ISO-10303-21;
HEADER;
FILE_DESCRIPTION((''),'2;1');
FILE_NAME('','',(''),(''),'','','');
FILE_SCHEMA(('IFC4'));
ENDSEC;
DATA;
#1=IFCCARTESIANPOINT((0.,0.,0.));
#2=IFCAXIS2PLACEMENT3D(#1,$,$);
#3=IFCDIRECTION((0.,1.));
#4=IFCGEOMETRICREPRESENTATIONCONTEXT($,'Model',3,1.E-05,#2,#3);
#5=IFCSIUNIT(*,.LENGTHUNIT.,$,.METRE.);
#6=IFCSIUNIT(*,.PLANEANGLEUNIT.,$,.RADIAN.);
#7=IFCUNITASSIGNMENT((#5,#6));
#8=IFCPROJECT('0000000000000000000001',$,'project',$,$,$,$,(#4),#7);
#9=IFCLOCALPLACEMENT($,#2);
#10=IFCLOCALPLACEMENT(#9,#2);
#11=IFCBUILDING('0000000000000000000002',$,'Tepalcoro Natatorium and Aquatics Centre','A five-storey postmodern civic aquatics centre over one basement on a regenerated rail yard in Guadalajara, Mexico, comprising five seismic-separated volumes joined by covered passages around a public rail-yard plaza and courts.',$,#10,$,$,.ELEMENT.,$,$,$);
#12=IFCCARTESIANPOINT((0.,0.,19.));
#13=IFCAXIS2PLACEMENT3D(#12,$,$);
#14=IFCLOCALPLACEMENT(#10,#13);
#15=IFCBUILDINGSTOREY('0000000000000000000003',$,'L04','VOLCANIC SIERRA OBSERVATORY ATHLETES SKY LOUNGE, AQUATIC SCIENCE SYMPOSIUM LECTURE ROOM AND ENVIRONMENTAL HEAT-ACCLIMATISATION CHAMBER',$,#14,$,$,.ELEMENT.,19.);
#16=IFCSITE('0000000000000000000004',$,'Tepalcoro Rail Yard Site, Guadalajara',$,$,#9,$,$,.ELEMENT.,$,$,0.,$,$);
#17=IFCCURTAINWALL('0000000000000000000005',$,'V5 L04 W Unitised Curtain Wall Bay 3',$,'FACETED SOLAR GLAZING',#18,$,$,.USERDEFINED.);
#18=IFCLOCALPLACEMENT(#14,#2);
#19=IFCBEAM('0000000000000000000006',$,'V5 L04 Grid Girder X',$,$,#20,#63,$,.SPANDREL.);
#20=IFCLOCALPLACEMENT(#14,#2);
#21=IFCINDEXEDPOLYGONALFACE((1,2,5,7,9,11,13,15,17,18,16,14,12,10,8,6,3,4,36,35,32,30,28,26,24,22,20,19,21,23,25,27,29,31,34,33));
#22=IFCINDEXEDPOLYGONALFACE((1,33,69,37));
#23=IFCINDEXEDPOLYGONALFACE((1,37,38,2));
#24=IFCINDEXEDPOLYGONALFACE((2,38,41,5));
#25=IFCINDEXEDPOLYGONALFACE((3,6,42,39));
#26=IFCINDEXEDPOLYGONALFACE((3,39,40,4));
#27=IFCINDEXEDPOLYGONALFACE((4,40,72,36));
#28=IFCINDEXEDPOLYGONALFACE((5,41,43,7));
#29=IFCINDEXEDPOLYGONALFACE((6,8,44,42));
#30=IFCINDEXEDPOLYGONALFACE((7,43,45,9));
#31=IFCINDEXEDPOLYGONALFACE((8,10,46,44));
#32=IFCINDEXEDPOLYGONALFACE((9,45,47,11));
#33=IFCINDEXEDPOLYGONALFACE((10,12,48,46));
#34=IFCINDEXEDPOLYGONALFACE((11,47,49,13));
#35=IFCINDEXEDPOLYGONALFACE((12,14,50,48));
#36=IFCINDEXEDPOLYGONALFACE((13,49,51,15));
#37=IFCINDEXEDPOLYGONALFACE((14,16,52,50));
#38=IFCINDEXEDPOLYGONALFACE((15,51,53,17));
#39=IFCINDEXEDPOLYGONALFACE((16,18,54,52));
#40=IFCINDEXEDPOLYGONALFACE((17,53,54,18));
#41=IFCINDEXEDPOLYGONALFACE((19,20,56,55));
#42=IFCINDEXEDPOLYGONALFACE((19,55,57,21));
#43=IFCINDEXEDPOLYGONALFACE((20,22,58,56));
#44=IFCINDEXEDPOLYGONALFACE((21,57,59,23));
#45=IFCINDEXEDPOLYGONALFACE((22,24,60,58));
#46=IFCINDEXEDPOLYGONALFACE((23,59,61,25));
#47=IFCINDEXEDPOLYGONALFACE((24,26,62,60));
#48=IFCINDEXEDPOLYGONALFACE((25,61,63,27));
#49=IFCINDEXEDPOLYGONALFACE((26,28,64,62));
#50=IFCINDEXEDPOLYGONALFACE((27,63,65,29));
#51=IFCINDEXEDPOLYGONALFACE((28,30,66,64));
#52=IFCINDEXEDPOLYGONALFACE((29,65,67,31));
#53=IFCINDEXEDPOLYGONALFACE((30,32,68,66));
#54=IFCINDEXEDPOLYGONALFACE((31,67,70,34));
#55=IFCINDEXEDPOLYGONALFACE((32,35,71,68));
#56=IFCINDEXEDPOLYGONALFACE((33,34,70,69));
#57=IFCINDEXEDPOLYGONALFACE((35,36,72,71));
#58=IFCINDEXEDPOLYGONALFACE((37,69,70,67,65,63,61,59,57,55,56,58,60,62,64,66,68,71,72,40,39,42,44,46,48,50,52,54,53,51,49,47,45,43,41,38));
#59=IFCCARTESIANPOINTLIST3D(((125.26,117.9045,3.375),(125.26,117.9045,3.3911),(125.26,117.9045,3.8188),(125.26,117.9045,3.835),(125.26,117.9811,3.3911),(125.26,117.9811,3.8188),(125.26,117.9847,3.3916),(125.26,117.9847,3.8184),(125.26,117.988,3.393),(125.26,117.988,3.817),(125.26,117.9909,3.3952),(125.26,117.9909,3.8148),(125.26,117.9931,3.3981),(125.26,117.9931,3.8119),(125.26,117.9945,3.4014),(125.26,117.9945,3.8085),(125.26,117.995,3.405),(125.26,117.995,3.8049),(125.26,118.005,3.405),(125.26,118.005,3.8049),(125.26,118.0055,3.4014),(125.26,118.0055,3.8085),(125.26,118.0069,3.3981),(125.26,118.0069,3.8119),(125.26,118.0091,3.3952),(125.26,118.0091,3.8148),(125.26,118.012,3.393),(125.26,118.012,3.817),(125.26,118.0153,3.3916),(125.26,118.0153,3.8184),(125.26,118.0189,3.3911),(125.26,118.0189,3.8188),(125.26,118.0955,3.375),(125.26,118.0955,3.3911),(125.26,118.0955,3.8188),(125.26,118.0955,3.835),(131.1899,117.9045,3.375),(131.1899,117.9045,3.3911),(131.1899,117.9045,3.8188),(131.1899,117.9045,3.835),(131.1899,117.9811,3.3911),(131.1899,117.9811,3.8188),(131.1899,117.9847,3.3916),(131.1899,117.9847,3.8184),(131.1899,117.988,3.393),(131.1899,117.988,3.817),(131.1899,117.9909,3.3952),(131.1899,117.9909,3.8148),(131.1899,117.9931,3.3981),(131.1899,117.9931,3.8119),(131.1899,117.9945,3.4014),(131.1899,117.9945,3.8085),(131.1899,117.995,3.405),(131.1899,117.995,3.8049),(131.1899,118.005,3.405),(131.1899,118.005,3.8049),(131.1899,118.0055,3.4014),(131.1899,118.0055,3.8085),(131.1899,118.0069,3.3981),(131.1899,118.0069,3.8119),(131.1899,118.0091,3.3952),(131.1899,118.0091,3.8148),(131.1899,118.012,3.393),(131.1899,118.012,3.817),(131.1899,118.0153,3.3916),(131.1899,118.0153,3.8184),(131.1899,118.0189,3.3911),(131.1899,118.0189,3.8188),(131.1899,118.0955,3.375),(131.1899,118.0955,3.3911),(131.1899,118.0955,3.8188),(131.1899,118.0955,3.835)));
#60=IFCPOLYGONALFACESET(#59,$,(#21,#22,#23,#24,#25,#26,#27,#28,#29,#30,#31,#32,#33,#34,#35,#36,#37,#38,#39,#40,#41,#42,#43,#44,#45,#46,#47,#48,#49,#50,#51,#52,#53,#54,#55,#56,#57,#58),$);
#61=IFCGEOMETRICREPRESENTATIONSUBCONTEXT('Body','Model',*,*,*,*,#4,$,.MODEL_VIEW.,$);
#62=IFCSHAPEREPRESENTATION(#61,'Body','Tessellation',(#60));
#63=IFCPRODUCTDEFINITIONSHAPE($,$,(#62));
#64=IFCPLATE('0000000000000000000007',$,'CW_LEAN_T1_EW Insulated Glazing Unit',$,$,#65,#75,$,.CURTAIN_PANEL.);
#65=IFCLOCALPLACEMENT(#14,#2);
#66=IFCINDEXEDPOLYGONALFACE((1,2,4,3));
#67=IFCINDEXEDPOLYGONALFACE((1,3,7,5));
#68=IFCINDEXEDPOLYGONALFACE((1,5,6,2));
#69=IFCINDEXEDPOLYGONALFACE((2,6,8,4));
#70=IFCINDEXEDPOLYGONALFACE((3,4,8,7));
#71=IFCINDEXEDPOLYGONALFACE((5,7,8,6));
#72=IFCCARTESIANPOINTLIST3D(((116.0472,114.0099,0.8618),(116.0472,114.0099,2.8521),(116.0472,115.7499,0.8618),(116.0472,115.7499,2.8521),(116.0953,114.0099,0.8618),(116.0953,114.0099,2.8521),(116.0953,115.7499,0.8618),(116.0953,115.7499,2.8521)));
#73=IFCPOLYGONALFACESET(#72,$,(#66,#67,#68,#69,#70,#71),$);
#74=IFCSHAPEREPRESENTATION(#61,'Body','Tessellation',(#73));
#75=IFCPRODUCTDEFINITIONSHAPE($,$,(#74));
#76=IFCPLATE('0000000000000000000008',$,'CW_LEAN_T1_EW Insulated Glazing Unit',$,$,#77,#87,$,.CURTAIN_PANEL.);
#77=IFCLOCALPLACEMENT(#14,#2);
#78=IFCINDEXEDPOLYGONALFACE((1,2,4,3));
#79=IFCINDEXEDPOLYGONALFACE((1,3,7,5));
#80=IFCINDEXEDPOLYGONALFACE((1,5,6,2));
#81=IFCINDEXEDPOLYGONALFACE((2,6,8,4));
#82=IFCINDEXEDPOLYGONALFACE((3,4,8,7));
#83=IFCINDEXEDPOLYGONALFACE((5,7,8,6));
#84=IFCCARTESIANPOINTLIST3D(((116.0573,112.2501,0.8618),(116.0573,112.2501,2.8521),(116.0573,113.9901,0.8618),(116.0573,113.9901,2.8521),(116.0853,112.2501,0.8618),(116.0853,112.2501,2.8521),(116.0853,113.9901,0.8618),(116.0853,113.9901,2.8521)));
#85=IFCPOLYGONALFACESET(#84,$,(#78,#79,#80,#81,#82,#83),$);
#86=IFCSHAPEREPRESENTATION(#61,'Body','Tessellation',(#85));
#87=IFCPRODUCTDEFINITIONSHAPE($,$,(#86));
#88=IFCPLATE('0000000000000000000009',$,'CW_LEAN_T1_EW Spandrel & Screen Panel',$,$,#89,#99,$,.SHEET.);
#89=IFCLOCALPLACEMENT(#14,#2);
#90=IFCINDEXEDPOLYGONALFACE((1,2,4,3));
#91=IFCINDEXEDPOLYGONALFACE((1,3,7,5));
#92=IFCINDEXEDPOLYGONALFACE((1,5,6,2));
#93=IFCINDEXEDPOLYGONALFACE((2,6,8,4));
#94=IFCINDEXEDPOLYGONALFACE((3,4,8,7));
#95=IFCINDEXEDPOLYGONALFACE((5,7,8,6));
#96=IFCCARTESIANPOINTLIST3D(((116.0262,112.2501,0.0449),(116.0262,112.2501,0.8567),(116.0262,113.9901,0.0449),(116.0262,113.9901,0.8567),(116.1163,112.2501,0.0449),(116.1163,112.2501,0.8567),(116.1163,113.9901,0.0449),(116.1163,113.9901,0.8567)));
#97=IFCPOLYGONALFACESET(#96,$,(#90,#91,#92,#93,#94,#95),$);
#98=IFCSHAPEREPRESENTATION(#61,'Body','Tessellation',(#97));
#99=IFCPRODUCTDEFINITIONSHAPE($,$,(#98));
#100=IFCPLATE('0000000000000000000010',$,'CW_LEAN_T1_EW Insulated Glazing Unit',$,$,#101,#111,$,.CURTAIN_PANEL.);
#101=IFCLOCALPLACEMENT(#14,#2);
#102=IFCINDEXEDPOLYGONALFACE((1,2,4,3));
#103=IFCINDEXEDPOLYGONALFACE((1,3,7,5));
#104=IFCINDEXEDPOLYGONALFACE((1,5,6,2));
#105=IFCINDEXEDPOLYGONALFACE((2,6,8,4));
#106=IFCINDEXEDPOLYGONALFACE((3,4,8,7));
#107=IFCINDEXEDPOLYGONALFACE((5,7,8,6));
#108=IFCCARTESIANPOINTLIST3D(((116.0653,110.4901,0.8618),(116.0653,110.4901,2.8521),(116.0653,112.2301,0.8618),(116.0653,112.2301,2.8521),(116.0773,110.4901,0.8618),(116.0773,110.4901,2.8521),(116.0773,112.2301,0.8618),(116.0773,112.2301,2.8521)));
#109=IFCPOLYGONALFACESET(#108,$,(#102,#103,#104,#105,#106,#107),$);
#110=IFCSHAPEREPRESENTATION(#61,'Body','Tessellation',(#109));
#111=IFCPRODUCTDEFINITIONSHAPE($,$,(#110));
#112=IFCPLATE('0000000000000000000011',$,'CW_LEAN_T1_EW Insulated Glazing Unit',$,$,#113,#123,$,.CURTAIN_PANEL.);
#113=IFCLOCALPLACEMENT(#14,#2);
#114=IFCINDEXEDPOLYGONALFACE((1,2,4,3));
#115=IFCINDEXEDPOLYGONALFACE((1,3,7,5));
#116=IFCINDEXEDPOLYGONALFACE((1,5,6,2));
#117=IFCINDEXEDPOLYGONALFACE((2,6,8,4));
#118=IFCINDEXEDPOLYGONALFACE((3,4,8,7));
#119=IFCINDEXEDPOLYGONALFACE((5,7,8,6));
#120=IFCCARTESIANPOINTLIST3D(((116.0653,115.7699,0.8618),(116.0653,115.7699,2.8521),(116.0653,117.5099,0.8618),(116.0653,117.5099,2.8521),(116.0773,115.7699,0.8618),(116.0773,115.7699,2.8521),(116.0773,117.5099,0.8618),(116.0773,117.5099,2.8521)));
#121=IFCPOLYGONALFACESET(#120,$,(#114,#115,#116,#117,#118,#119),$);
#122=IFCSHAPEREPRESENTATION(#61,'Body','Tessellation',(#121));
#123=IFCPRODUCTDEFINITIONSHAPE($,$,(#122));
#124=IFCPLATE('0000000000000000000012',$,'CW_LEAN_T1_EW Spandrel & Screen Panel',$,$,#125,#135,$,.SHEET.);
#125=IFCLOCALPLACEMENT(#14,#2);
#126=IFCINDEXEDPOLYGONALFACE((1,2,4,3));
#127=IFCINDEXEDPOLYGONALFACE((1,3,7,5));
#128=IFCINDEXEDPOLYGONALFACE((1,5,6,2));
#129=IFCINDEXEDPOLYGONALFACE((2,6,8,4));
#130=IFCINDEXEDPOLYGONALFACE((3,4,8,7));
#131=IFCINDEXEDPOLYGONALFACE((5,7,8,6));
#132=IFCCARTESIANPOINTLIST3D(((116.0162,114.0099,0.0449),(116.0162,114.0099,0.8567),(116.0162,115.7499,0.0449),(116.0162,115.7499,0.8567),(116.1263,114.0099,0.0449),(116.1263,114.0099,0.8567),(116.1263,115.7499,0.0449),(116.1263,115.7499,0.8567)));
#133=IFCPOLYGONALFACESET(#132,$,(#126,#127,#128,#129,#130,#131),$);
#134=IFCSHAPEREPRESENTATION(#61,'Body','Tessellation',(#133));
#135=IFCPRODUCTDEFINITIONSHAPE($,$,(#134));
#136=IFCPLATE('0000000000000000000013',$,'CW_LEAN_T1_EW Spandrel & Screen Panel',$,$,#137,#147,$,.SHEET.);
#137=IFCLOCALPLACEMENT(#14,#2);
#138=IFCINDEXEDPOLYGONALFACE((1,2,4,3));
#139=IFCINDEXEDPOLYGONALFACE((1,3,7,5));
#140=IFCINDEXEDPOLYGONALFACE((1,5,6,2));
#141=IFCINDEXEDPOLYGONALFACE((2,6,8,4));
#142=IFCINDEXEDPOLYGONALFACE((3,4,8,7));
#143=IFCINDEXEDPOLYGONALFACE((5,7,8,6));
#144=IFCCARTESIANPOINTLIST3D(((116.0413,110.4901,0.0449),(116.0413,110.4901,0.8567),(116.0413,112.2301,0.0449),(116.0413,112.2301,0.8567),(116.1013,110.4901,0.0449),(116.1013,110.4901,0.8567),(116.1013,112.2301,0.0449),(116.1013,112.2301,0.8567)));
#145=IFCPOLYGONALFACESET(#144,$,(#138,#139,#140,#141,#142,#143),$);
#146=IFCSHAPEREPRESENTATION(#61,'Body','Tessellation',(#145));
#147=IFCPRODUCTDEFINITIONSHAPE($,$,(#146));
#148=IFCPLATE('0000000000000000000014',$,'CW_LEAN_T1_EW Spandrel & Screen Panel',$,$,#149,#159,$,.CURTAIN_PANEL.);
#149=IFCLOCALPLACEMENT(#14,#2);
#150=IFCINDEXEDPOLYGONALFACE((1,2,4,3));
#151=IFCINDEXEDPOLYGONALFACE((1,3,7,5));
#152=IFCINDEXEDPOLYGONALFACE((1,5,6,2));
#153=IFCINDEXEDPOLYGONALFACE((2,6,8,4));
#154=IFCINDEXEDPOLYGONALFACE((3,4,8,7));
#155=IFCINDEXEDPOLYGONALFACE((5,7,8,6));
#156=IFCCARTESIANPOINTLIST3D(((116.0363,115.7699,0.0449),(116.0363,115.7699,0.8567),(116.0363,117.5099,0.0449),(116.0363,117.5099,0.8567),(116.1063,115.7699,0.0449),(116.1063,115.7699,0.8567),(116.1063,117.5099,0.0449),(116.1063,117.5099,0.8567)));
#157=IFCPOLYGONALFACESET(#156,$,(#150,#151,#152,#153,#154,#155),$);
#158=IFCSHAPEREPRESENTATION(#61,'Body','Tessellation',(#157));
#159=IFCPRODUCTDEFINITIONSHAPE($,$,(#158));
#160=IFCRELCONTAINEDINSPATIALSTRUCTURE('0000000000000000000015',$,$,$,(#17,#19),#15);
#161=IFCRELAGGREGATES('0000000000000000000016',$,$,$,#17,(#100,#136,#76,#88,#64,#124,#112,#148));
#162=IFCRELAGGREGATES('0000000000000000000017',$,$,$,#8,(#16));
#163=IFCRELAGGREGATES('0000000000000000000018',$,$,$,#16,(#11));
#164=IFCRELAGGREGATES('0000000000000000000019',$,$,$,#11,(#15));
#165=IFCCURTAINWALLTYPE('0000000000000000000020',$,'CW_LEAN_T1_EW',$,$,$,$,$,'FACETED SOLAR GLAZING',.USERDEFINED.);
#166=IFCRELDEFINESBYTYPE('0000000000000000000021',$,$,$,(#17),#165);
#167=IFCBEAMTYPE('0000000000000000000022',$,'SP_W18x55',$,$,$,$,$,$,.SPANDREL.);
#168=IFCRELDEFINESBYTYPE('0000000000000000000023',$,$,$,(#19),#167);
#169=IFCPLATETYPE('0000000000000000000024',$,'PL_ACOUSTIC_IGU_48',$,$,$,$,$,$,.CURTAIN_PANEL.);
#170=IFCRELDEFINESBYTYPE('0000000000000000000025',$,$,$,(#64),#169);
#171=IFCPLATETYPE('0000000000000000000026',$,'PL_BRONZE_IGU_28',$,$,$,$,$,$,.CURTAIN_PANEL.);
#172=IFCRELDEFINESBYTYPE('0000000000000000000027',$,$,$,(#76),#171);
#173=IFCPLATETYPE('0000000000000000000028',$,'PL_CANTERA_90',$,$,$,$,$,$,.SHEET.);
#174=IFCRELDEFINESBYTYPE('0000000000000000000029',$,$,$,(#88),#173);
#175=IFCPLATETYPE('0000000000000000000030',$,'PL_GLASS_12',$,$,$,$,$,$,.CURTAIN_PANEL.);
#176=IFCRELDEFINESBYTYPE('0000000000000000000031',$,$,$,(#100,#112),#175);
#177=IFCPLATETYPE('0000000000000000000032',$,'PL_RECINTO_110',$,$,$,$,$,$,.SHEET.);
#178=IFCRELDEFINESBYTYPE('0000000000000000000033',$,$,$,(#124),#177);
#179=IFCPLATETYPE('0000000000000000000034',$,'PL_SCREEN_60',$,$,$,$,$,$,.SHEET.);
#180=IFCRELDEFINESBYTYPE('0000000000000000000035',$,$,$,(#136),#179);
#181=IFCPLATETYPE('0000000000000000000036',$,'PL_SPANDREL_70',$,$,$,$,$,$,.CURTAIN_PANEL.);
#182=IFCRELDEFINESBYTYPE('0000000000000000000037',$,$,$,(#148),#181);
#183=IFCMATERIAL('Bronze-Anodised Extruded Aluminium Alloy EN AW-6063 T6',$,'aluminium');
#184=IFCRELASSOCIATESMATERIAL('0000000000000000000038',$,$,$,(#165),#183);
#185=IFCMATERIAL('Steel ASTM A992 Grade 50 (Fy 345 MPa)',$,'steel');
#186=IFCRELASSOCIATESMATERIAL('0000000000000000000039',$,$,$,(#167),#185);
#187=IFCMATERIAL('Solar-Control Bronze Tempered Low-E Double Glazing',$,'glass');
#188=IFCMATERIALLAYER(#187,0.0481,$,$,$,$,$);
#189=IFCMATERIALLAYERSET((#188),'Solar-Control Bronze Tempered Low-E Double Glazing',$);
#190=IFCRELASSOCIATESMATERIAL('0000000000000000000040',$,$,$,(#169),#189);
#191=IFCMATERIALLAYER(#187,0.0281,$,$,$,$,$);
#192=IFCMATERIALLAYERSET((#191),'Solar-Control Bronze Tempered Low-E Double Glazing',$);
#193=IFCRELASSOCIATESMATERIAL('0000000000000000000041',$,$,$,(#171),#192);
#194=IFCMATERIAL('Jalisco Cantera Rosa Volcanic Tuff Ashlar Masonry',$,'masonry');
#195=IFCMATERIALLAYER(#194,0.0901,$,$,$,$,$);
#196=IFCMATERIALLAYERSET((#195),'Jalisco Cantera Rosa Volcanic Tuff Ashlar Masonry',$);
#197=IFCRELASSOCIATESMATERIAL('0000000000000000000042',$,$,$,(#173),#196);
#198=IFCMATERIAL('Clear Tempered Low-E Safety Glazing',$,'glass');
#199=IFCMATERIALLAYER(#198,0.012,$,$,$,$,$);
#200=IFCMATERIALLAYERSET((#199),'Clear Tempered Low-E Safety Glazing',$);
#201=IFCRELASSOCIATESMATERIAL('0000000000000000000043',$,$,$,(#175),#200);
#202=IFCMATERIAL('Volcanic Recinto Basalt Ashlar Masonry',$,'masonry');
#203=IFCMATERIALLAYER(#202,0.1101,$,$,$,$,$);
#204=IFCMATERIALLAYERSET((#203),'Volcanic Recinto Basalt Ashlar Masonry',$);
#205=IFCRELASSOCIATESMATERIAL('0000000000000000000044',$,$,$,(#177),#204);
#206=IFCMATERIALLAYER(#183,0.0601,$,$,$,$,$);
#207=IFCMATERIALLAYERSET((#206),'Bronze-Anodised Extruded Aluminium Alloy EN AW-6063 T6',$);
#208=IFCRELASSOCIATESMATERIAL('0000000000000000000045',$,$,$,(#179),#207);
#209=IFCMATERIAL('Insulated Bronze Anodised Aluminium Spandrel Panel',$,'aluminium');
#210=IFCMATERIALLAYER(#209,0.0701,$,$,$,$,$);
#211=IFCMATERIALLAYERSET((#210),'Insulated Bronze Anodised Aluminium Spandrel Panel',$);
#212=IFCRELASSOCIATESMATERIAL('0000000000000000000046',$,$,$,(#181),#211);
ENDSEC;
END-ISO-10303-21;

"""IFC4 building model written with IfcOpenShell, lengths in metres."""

from ifc_helpers import new_model, si_unit, direction, frame, origin, origin_2d, place, context, subcontext, project, spatial, rectangle, i_section, extrude, material, layer, layer_set, material_profile, profile_set, type_object, element, aggregate, save


model = new_model("IFC4")

# Units and contexts
model_context = context("Model", 3, precision=1e-05, world=origin(), true_north=direction((0.0, 1.0)))
body_context = subcontext(model_context, "Body", "Model", "MODEL_VIEW")
ifc_project = project(units=[si_unit("LENGTHUNIT", "METRE"), si_unit("PLANEANGLEUNIT", "RADIAN")], contexts=[model_context])

# Site, building, storey
site_placement = place(None, origin())
site = spatial("IfcSite", under=ifc_project, at=site_placement, Name="Tepalcoro Rail Yard Site, Guadalajara", CompositionType="ELEMENT", RefElevation=0.0)
building_placement = place(site_placement, origin())
building = spatial("IfcBuilding", under=site, at=building_placement, Name="Tepalcoro Natatorium and Aquatics Centre", Description="A five-storey postmodern civic aquatics centre over one basement on a regenerated rail yard in Guadalajara, Mexico, comprising five seismic-separated volumes joined by covered passages around a public rail-yard plaza and courts.", CompositionType="ELEMENT")
storey_placement = place(building_placement, frame((0.0, 0.0, 19.0)))
storey = spatial("IfcBuildingStorey", under=building, at=storey_placement, Name="L04", Description="VOLCANIC SIERRA OBSERVATORY ATHLETES SKY LOUNGE, AQUATIC SCIENCE SYMPOSIUM LECTURE ROOM AND ENVIRONMENTAL HEAT-ACCLIMATISATION CHAMBER", CompositionType="ELEMENT", Elevation=19.0)

# Shared definitions
ifc_material_1 = material(Name="Steel ASTM A992 Grade 50 (Fy 345 MPa)", Category="steel")

# Curtain wall
ifc_material_2 = material(Name="Bronze-Anodised Extruded Aluminium Alloy EN AW-6063 T6", Category="aluminium")
curtain_wall_type = type_object("IfcCurtainWallType", Name="CW_LEAN_T1_EW", ElementType="FACETED SOLAR GLAZING", PredefinedType="USERDEFINED", material=ifc_material_2)
curtain_wall_placement = place(storey_placement, origin())
curtain_wall = element("IfcCurtainWall", 1, at=curtain_wall_placement, inside=storey, type_object=curtain_wall_type, Name="V5 L04 W Unitised Curtain Wall Bay 3", ObjectType="FACETED SOLAR GLAZING", PredefinedType="USERDEFINED")

# Beam
ifc_material_profile_1 = material_profile(ifc_material_1, i_section(OverallWidth=0.1909, OverallDepth=0.46, WebThickness=0.01, FlangeThickness=0.0161, FilletRadius=0.0139, at=origin_2d()), Name="W18X55")
ifc_profile_set_1 = profile_set([ifc_material_profile_1], Name="Steel ASTM A992 Grade 50 (Fy 345 MPa)")
beam_type_1 = type_object("IfcBeamType", Name="SP_W18x55", PredefinedType="SPANDREL", material=ifc_profile_set_1)
beam_1_placement = place(storey_placement, frame((125.26, 118.0, 3.605), z_axis=(1.0, 0.0, 0.0), x_axis=(0.0, 1.0, 0.0)))
element("IfcBeam", 2, at=beam_1_placement, inside=storey, type_object=beam_type_1, Name="V5 L04 Grid Girder X", PredefinedType="SPANDREL", context=body_context, shape_type="SweptSolid", body=[
    extrude(i_section(OverallWidth=0.1909, OverallDepth=0.46, WebThickness=0.01, FlangeThickness=0.0161, FilletRadius=0.0139, at=origin_2d()), origin(), (0.0, 0.0, 1.0), 5.9299),
])

# Plates
ifc_material_3 = material(Name="Solar-Control Bronze Tempered Low-E Double Glazing", Category="glass")
ifc_layer_1 = layer(ifc_material_3, 0.0481)
ifc_layer_set_1 = layer_set([ifc_layer_1], Name="Solar-Control Bronze Tempered Low-E Double Glazing")
plate_type_1 = type_object("IfcPlateType", Name="PL_ACOUSTIC_IGU_48", PredefinedType="CURTAIN_PANEL", material=ifc_layer_set_1)
plate_1_placement = place(storey_placement, frame((116.0713, 114.8799, 0.8618), z_axis=(0.0, 0.0, 1.0), x_axis=(1.0, 0.0, 0.0)))
plate_1 = element("IfcPlate", 3, at=plate_1_placement, type_object=plate_type_1, Name="CW_LEAN_T1_EW Insulated Glazing Unit", PredefinedType="CURTAIN_PANEL", context=body_context, shape_type="SweptSolid", body=[
    extrude(rectangle(XDim=0.0481, YDim=1.74, at=origin_2d()), origin(), (0.0, 0.0, 1.0), 1.9902),
])
ifc_layer_2 = layer(ifc_material_3, 0.0281)
ifc_layer_set_2 = layer_set([ifc_layer_2], Name="Solar-Control Bronze Tempered Low-E Double Glazing")
plate_type_2 = type_object("IfcPlateType", Name="PL_BRONZE_IGU_28", PredefinedType="CURTAIN_PANEL", material=ifc_layer_set_2)
plate_2_placement = place(storey_placement, frame((116.0713, 113.1201, 0.8618), z_axis=(0.0, 0.0, 1.0), x_axis=(1.0, 0.0, 0.0)))
plate_2 = element("IfcPlate", 4, at=plate_2_placement, type_object=plate_type_2, Name="CW_LEAN_T1_EW Insulated Glazing Unit", PredefinedType="CURTAIN_PANEL", context=body_context, shape_type="SweptSolid", body=[
    extrude(rectangle(XDim=0.0281, YDim=1.74, at=origin_2d()), origin(), (0.0, 0.0, 1.0), 1.9902),
])
ifc_material_4 = material(Name="Jalisco Cantera Rosa Volcanic Tuff Ashlar Masonry", Category="masonry")
ifc_layer_3 = layer(ifc_material_4, 0.0901)
ifc_layer_set_3 = layer_set([ifc_layer_3], Name="Jalisco Cantera Rosa Volcanic Tuff Ashlar Masonry")
plate_type_3 = type_object("IfcPlateType", Name="PL_CANTERA_90", PredefinedType="SHEET", material=ifc_layer_set_3)
plate_3_placement = place(storey_placement, frame((116.0713, 113.1201, 0.0449), z_axis=(0.0, 0.0, 1.0), x_axis=(1.0, 0.0, 0.0)))
plate_3 = element("IfcPlate", 5, at=plate_3_placement, type_object=plate_type_3, Name="CW_LEAN_T1_EW Spandrel & Screen Panel", PredefinedType="SHEET", context=body_context, shape_type="SweptSolid", body=[
    extrude(rectangle(XDim=0.0901, YDim=1.74, at=origin_2d()), origin(), (0.0, 0.0, 1.0), 0.8118),
])
ifc_material_5 = material(Name="Clear Tempered Low-E Safety Glazing", Category="glass")
ifc_layer_4 = layer(ifc_material_5, 0.012)
ifc_layer_set_4 = layer_set([ifc_layer_4], Name="Clear Tempered Low-E Safety Glazing")
plate_type_4 = type_object("IfcPlateType", Name="PL_GLASS_12", PredefinedType="CURTAIN_PANEL", material=ifc_layer_set_4)
plate_4_placement = place(storey_placement, frame((116.0713, 111.3601, 0.8618), z_axis=(0.0, 0.0, 1.0), x_axis=(1.0, 0.0, 0.0)))
plate_4 = element("IfcPlate", 6, at=plate_4_placement, type_object=plate_type_4, Name="CW_LEAN_T1_EW Insulated Glazing Unit", PredefinedType="CURTAIN_PANEL", context=body_context, shape_type="SweptSolid", body=[
    extrude(rectangle(XDim=0.012, YDim=1.74, at=origin_2d()), origin(), (0.0, 0.0, 1.0), 1.9902),
])
plate_5_placement = place(storey_placement, frame((116.0713, 116.6399, 0.8618), z_axis=(0.0, 0.0, 1.0), x_axis=(1.0, 0.0, 0.0)))
plate_5 = element("IfcPlate", 7, at=plate_5_placement, type_object=plate_type_4, Name="CW_LEAN_T1_EW Insulated Glazing Unit", PredefinedType="CURTAIN_PANEL", context=body_context, shape_type="SweptSolid", body=[
    extrude(rectangle(XDim=0.012, YDim=1.74, at=origin_2d()), origin(), (0.0, 0.0, 1.0), 1.9902),
])
ifc_material_6 = material(Name="Volcanic Recinto Basalt Ashlar Masonry", Category="masonry")
ifc_layer_5 = layer(ifc_material_6, 0.1101)
ifc_layer_set_5 = layer_set([ifc_layer_5], Name="Volcanic Recinto Basalt Ashlar Masonry")
plate_type_5 = type_object("IfcPlateType", Name="PL_RECINTO_110", PredefinedType="SHEET", material=ifc_layer_set_5)
plate_6_placement = place(storey_placement, frame((116.0713, 114.8799, 0.0449), z_axis=(0.0, 0.0, 1.0), x_axis=(1.0, 0.0, 0.0)))
plate_6 = element("IfcPlate", 8, at=plate_6_placement, type_object=plate_type_5, Name="CW_LEAN_T1_EW Spandrel & Screen Panel", PredefinedType="SHEET", context=body_context, shape_type="SweptSolid", body=[
    extrude(rectangle(XDim=0.1101, YDim=1.74, at=origin_2d()), origin(), (0.0, 0.0, 1.0), 0.8118),
])
ifc_layer_6 = layer(ifc_material_2, 0.0601)
ifc_layer_set_6 = layer_set([ifc_layer_6], Name="Bronze-Anodised Extruded Aluminium Alloy EN AW-6063 T6")
plate_type_6 = type_object("IfcPlateType", Name="PL_SCREEN_60", PredefinedType="SHEET", material=ifc_layer_set_6)
plate_7_placement = place(storey_placement, frame((116.0713, 111.3601, 0.0449), z_axis=(0.0, 0.0, 1.0), x_axis=(1.0, 0.0, 0.0)))
plate_7 = element("IfcPlate", 9, at=plate_7_placement, type_object=plate_type_6, Name="CW_LEAN_T1_EW Spandrel & Screen Panel", PredefinedType="SHEET", context=body_context, shape_type="SweptSolid", body=[
    extrude(rectangle(XDim=0.0601, YDim=1.74, at=origin_2d()), origin(), (0.0, 0.0, 1.0), 0.8118),
])
ifc_material_7 = material(Name="Insulated Bronze Anodised Aluminium Spandrel Panel", Category="aluminium")
ifc_layer_7 = layer(ifc_material_7, 0.0701)
ifc_layer_set_7 = layer_set([ifc_layer_7], Name="Insulated Bronze Anodised Aluminium Spandrel Panel")
plate_type_7 = type_object("IfcPlateType", Name="PL_SPANDREL_70", PredefinedType="CURTAIN_PANEL", material=ifc_layer_set_7)
plate_8_placement = place(storey_placement, frame((116.0713, 116.6399, 0.0449), z_axis=(0.0, 0.0, 1.0), x_axis=(1.0, 0.0, 0.0)))
plate_8 = element("IfcPlate", 10, at=plate_8_placement, type_object=plate_type_7, Name="CW_LEAN_T1_EW Spandrel & Screen Panel", PredefinedType="CURTAIN_PANEL", context=body_context, shape_type="SweptSolid", body=[
    extrude(rectangle(XDim=0.0701, YDim=1.74, at=origin_2d()), origin(), (0.0, 0.0, 1.0), 0.8118),
])
aggregate(curtain_wall, [plate_4, plate_7, plate_2, plate_3, plate_1, plate_6, plate_5, plate_8])

save(model, "model.ifc")
